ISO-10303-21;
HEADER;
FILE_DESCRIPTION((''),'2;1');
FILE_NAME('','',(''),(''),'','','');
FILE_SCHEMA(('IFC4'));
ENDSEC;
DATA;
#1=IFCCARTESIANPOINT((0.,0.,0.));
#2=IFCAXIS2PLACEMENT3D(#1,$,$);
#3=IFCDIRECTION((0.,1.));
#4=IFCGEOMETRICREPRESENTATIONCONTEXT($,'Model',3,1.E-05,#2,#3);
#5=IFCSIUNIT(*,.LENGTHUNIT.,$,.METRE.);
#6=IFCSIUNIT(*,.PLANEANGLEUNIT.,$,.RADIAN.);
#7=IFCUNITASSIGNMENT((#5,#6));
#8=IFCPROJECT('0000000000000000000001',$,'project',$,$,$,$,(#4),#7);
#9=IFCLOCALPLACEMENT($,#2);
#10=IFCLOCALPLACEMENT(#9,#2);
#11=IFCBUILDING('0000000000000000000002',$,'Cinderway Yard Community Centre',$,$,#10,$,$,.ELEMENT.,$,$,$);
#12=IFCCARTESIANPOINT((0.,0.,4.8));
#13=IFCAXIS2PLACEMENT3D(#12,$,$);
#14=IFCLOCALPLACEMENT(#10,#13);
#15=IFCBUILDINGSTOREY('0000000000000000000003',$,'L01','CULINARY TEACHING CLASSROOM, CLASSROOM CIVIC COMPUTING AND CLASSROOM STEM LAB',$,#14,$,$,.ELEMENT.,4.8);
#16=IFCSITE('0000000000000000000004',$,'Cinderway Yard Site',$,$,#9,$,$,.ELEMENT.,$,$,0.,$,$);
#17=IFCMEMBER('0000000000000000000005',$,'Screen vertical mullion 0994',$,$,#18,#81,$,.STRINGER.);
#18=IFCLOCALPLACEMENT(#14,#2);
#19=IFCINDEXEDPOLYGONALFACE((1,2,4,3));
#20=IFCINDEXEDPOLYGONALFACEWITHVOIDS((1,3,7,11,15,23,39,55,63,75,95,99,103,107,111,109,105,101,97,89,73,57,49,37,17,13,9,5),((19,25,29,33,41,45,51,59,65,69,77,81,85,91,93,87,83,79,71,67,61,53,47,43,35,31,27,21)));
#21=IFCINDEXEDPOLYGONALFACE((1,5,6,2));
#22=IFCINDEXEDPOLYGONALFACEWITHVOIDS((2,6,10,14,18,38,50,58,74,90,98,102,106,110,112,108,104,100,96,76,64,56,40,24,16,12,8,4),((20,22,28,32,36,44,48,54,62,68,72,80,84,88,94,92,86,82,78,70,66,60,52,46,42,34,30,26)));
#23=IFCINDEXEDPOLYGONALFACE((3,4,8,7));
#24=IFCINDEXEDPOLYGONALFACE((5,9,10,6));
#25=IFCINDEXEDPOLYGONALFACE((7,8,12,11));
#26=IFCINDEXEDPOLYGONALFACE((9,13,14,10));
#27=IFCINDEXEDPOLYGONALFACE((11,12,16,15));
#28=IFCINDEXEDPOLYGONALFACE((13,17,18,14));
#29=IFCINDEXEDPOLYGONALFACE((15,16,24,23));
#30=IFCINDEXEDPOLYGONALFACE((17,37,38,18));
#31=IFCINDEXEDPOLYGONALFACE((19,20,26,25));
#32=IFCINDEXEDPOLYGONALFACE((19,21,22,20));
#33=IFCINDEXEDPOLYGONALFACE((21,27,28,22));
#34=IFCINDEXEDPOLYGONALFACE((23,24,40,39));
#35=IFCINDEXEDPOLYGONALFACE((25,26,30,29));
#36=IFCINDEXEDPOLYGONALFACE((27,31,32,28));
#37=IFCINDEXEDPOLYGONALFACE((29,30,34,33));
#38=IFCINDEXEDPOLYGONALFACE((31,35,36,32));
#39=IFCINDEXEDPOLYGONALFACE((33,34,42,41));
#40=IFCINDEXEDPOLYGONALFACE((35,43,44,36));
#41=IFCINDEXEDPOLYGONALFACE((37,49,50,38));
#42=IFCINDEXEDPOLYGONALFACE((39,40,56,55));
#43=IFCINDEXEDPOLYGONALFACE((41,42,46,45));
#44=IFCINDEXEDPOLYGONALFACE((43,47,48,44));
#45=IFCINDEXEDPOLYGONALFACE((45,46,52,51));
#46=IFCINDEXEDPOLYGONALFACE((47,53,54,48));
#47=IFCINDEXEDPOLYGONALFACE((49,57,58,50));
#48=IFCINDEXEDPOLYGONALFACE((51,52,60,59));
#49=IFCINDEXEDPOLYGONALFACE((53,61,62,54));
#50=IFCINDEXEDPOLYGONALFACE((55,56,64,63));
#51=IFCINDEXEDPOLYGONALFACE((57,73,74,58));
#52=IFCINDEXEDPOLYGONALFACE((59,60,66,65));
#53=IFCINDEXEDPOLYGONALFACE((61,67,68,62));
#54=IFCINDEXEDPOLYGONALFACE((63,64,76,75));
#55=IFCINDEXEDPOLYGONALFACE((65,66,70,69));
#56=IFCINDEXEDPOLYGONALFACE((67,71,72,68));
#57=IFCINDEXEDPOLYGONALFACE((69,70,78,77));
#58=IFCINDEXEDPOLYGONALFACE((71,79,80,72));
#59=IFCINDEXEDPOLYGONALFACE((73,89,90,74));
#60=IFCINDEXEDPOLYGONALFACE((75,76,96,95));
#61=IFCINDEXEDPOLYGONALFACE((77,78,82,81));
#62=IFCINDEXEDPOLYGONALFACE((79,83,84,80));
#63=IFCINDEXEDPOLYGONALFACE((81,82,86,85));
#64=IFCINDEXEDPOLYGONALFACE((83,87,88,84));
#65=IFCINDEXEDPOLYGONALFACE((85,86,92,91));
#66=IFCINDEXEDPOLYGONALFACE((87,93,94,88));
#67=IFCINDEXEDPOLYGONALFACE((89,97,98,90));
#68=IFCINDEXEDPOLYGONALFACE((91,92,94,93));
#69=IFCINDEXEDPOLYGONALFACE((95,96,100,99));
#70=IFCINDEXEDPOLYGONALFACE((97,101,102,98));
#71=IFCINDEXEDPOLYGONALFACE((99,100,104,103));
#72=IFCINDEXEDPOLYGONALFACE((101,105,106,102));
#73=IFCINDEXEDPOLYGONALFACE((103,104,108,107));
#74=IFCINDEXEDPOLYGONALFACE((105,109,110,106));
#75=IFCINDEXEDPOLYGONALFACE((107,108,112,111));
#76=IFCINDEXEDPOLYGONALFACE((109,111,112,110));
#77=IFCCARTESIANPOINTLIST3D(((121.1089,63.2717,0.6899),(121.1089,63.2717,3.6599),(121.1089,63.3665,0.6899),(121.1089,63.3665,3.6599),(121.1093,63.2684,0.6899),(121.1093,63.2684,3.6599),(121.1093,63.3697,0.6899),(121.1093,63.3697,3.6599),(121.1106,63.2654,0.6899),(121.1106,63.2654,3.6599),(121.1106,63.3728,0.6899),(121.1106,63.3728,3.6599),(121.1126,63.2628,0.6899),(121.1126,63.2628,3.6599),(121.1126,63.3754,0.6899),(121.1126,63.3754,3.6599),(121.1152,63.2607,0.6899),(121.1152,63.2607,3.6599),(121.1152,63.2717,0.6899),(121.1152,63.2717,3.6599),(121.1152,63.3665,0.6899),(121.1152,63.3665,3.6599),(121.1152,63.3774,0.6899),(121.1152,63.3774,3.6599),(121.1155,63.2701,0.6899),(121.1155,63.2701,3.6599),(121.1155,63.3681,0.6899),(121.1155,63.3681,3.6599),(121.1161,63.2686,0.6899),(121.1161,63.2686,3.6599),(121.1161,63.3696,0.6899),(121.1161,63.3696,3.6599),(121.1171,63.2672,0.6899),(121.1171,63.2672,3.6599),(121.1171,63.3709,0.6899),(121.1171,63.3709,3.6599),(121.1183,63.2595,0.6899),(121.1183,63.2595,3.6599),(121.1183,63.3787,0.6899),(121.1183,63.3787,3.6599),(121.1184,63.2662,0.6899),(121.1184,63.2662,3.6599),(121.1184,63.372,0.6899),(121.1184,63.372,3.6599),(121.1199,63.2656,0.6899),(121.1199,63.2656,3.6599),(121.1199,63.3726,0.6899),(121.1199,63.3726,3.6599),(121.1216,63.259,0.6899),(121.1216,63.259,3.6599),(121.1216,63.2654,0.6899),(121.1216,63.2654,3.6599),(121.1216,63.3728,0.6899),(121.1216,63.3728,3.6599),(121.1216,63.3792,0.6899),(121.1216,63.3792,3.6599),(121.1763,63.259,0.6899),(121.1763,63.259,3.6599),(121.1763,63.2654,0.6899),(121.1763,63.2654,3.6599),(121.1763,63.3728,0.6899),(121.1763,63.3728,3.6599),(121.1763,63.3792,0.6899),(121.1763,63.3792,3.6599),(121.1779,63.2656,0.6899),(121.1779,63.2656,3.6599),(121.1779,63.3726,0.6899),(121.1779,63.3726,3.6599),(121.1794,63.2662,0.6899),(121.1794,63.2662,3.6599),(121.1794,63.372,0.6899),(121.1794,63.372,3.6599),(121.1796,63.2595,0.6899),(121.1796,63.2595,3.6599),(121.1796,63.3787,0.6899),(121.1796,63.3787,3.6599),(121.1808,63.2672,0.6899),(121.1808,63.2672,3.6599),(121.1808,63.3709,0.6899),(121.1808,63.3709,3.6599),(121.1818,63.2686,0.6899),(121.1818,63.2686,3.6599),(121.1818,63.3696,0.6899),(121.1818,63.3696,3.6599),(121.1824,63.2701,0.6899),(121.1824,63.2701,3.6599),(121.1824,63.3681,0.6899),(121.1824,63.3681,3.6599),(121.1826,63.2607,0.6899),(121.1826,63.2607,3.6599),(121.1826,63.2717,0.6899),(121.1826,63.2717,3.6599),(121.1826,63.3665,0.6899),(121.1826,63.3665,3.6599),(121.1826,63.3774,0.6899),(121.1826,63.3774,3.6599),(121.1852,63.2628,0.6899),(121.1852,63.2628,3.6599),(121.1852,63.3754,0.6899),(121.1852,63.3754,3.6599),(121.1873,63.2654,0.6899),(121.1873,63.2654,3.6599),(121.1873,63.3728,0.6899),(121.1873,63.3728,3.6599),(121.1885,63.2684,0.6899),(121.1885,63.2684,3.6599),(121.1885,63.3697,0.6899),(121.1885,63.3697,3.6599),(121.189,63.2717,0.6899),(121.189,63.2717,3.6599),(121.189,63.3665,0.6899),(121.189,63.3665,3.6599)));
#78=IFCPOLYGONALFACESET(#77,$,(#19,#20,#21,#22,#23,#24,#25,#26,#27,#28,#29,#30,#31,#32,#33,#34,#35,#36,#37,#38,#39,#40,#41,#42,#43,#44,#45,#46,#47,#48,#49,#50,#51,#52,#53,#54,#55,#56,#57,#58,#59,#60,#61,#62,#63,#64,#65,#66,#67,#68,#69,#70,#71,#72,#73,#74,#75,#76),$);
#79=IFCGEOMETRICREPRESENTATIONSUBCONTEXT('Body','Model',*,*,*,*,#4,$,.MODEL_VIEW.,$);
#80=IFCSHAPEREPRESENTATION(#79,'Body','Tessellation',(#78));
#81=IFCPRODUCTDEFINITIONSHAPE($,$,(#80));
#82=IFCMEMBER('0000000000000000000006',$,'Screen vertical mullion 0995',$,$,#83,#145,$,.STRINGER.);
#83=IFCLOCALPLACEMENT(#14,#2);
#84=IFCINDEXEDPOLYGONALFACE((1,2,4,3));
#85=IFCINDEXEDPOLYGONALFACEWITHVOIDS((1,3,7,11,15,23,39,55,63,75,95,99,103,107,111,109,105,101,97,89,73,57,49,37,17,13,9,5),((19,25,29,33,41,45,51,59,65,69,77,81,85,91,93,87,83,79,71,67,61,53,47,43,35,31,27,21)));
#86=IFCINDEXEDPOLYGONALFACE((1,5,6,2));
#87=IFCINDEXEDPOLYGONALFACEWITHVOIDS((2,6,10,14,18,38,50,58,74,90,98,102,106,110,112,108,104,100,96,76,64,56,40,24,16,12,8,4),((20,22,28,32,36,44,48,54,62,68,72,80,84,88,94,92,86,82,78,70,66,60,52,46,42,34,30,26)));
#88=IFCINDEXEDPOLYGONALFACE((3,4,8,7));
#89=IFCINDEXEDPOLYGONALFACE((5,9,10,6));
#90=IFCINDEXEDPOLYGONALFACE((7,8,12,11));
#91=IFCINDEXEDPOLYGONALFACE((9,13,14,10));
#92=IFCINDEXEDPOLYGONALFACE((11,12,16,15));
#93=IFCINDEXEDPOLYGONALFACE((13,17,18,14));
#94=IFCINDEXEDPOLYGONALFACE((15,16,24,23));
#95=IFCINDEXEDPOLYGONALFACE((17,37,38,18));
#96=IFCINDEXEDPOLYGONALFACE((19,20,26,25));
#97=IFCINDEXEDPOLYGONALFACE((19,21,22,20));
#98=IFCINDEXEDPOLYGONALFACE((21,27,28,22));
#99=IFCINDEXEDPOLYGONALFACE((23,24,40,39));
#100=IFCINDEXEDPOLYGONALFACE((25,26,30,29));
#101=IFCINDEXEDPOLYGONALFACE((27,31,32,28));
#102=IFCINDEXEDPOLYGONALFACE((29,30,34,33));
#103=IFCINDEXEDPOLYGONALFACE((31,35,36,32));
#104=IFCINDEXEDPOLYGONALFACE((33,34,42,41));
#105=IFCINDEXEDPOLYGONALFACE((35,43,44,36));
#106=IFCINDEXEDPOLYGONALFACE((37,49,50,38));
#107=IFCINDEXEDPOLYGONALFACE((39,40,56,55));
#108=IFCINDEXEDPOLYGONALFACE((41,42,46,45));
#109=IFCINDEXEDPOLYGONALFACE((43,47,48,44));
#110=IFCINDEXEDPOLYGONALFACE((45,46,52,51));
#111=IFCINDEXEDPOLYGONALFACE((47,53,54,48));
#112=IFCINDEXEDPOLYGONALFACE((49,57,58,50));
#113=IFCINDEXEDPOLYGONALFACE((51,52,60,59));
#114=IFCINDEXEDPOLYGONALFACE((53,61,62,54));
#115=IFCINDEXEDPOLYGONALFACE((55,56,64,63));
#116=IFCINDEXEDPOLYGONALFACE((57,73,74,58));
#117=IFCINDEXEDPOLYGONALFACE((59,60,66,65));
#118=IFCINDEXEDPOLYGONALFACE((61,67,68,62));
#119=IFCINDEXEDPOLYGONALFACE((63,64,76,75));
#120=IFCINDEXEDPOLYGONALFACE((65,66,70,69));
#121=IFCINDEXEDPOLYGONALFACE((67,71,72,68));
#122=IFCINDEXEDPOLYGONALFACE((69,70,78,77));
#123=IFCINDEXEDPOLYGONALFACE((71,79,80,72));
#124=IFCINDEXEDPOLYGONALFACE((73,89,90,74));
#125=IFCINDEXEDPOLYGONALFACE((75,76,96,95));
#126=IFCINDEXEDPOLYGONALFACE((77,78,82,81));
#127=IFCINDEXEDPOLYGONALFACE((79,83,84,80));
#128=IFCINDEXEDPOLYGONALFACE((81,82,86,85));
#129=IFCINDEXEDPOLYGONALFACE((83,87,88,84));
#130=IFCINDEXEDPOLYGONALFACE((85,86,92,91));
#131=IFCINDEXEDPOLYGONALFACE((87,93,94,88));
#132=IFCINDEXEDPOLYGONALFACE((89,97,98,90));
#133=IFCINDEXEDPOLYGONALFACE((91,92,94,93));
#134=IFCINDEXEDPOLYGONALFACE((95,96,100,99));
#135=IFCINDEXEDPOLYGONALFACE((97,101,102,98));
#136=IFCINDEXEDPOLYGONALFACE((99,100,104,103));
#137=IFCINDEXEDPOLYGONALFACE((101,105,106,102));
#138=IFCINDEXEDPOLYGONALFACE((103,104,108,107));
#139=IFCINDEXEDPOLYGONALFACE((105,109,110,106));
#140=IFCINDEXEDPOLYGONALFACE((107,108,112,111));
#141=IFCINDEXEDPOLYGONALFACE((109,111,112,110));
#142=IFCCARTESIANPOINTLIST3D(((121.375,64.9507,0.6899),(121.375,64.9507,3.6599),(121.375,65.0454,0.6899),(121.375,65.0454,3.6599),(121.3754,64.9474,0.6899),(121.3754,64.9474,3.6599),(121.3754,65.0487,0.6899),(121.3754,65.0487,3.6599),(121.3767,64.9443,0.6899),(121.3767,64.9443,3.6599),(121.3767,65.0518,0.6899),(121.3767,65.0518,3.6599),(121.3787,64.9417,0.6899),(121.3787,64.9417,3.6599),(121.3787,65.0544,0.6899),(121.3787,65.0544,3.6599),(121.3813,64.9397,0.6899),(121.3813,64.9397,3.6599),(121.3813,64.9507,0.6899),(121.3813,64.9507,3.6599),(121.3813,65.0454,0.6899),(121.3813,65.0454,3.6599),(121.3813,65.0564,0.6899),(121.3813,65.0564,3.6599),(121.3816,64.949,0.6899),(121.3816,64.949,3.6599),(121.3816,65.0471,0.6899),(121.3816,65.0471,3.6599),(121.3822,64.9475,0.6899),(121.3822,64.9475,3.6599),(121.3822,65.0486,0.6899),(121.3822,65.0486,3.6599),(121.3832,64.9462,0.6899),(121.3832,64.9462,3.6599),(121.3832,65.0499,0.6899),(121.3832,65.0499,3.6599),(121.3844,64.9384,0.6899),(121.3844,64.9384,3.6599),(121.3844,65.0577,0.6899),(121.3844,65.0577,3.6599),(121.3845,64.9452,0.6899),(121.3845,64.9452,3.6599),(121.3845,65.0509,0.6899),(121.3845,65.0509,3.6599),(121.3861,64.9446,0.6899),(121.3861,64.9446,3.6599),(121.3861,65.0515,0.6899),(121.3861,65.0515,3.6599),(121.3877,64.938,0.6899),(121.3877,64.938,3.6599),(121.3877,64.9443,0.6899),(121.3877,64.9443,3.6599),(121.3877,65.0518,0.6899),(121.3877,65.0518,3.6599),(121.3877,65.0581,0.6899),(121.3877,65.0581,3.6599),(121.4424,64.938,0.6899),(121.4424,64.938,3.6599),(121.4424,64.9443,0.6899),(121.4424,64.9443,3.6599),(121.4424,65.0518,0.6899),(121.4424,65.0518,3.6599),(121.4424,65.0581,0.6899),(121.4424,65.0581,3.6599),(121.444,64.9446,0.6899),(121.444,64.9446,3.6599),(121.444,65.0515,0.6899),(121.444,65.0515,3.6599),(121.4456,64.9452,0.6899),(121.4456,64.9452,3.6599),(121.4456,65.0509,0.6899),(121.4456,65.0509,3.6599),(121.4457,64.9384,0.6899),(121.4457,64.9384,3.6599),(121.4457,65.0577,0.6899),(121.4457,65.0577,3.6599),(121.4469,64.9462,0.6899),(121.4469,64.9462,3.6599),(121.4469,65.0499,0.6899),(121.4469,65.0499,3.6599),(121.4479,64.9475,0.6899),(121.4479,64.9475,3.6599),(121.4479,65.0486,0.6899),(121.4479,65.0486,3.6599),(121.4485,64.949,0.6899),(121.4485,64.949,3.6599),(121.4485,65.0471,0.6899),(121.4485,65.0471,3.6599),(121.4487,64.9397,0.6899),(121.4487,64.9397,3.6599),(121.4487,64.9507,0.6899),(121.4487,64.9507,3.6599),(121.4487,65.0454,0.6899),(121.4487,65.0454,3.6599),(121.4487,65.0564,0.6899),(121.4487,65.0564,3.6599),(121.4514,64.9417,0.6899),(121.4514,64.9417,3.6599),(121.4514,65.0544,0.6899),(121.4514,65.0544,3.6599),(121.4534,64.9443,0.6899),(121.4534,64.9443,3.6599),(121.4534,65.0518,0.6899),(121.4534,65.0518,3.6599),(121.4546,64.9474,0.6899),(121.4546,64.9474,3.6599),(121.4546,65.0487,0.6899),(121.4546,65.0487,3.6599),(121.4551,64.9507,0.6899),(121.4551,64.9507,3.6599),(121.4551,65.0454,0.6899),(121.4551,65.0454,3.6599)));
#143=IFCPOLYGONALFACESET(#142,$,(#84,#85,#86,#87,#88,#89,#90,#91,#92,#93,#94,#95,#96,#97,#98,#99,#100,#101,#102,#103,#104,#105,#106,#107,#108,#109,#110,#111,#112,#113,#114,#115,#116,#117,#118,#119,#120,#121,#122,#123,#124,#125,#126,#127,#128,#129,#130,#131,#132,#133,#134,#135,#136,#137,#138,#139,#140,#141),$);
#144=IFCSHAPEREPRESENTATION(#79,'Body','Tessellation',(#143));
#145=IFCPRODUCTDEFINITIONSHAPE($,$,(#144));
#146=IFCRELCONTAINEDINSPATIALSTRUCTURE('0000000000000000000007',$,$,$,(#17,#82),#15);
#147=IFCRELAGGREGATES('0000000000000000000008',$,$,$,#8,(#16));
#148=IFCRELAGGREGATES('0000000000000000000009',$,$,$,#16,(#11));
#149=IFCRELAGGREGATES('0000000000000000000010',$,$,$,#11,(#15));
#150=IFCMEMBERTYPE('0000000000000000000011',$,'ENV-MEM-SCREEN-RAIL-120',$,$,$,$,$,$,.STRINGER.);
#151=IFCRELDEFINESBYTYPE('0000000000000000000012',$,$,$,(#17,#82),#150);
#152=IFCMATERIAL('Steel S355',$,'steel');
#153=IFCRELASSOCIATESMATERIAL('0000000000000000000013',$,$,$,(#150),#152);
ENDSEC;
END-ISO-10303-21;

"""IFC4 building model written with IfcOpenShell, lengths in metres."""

from ifc_helpers import new_model, si_unit, direction, frame, origin, origin_2d, place, context, subcontext, project, spatial, hollow_rectangle, extrude, material, material_profile, profile_set, type_object, element, save


model = new_model("IFC4")

# Units and contexts
model_context = context("Model", 3, precision=1e-05, world=origin(), true_north=direction((0.0, 1.0)))
body_context = subcontext(model_context, "Body", "Model", "MODEL_VIEW")
ifc_project = project(units=[si_unit("LENGTHUNIT", "METRE"), si_unit("PLANEANGLEUNIT", "RADIAN")], contexts=[model_context])

# Site, building, storey
site_placement = place(None, origin())
site = spatial("IfcSite", under=ifc_project, at=site_placement, Name="Cinderway Yard Site", CompositionType="ELEMENT", RefElevation=0.0)
building_placement = place(site_placement, origin())
building = spatial("IfcBuilding", under=site, at=building_placement, Name="Cinderway Yard Community Centre", CompositionType="ELEMENT")
storey_placement = place(building_placement, frame((0.0, 0.0, 4.8)))
storey = spatial("IfcBuildingStorey", under=building, at=storey_placement, Name="L01", Description="CULINARY TEACHING CLASSROOM, CLASSROOM CIVIC COMPUTING AND CLASSROOM STEM LAB", CompositionType="ELEMENT", Elevation=4.8)

# Members
ifc_material_1 = material(Name="Steel S355", Category="steel")
ifc_material_profile_1 = material_profile(ifc_material_1, hollow_rectangle(XDim=0.0801, YDim=0.1201, WallThickness=0.0063, InnerFilletRadius=0.0063, OuterFilletRadius=0.0127, at=origin_2d()), Name="Steel S355")
ifc_profile_set_1 = profile_set([ifc_material_profile_1], Name="Steel S355")
member_type_1 = type_object("IfcMemberType", Name="ENV-MEM-SCREEN-RAIL-120", PredefinedType="STRINGER", material=ifc_profile_set_1)
for number, where, z_axis, x_axis, name in (
    (1, (121.1489, 63.3191, 0.6899), (0.0, 0.0, 1.0), (1.0, 0.0, 0.0), "Screen vertical mullion 0994"),
    (2, (121.415, 64.998, 0.6899), (0.0, 0.0, 1.0), (1.0, 0.0, 0.0), "Screen vertical mullion 0995"),
):
    element("IfcMember", number, at=place(storey_placement, frame(where, z_axis=z_axis, x_axis=x_axis)), inside=storey, type_object=member_type_1, Name=name, PredefinedType="STRINGER", context=body_context, shape_type="SweptSolid", body=[
        extrude(hollow_rectangle(XDim=0.0801, YDim=0.1201, WallThickness=0.0063, InnerFilletRadius=0.0063, OuterFilletRadius=0.0127, at=origin_2d()), origin(), (0.0, 0.0, 1.0), 2.97),
    ])

save(model, "model.ifc")
